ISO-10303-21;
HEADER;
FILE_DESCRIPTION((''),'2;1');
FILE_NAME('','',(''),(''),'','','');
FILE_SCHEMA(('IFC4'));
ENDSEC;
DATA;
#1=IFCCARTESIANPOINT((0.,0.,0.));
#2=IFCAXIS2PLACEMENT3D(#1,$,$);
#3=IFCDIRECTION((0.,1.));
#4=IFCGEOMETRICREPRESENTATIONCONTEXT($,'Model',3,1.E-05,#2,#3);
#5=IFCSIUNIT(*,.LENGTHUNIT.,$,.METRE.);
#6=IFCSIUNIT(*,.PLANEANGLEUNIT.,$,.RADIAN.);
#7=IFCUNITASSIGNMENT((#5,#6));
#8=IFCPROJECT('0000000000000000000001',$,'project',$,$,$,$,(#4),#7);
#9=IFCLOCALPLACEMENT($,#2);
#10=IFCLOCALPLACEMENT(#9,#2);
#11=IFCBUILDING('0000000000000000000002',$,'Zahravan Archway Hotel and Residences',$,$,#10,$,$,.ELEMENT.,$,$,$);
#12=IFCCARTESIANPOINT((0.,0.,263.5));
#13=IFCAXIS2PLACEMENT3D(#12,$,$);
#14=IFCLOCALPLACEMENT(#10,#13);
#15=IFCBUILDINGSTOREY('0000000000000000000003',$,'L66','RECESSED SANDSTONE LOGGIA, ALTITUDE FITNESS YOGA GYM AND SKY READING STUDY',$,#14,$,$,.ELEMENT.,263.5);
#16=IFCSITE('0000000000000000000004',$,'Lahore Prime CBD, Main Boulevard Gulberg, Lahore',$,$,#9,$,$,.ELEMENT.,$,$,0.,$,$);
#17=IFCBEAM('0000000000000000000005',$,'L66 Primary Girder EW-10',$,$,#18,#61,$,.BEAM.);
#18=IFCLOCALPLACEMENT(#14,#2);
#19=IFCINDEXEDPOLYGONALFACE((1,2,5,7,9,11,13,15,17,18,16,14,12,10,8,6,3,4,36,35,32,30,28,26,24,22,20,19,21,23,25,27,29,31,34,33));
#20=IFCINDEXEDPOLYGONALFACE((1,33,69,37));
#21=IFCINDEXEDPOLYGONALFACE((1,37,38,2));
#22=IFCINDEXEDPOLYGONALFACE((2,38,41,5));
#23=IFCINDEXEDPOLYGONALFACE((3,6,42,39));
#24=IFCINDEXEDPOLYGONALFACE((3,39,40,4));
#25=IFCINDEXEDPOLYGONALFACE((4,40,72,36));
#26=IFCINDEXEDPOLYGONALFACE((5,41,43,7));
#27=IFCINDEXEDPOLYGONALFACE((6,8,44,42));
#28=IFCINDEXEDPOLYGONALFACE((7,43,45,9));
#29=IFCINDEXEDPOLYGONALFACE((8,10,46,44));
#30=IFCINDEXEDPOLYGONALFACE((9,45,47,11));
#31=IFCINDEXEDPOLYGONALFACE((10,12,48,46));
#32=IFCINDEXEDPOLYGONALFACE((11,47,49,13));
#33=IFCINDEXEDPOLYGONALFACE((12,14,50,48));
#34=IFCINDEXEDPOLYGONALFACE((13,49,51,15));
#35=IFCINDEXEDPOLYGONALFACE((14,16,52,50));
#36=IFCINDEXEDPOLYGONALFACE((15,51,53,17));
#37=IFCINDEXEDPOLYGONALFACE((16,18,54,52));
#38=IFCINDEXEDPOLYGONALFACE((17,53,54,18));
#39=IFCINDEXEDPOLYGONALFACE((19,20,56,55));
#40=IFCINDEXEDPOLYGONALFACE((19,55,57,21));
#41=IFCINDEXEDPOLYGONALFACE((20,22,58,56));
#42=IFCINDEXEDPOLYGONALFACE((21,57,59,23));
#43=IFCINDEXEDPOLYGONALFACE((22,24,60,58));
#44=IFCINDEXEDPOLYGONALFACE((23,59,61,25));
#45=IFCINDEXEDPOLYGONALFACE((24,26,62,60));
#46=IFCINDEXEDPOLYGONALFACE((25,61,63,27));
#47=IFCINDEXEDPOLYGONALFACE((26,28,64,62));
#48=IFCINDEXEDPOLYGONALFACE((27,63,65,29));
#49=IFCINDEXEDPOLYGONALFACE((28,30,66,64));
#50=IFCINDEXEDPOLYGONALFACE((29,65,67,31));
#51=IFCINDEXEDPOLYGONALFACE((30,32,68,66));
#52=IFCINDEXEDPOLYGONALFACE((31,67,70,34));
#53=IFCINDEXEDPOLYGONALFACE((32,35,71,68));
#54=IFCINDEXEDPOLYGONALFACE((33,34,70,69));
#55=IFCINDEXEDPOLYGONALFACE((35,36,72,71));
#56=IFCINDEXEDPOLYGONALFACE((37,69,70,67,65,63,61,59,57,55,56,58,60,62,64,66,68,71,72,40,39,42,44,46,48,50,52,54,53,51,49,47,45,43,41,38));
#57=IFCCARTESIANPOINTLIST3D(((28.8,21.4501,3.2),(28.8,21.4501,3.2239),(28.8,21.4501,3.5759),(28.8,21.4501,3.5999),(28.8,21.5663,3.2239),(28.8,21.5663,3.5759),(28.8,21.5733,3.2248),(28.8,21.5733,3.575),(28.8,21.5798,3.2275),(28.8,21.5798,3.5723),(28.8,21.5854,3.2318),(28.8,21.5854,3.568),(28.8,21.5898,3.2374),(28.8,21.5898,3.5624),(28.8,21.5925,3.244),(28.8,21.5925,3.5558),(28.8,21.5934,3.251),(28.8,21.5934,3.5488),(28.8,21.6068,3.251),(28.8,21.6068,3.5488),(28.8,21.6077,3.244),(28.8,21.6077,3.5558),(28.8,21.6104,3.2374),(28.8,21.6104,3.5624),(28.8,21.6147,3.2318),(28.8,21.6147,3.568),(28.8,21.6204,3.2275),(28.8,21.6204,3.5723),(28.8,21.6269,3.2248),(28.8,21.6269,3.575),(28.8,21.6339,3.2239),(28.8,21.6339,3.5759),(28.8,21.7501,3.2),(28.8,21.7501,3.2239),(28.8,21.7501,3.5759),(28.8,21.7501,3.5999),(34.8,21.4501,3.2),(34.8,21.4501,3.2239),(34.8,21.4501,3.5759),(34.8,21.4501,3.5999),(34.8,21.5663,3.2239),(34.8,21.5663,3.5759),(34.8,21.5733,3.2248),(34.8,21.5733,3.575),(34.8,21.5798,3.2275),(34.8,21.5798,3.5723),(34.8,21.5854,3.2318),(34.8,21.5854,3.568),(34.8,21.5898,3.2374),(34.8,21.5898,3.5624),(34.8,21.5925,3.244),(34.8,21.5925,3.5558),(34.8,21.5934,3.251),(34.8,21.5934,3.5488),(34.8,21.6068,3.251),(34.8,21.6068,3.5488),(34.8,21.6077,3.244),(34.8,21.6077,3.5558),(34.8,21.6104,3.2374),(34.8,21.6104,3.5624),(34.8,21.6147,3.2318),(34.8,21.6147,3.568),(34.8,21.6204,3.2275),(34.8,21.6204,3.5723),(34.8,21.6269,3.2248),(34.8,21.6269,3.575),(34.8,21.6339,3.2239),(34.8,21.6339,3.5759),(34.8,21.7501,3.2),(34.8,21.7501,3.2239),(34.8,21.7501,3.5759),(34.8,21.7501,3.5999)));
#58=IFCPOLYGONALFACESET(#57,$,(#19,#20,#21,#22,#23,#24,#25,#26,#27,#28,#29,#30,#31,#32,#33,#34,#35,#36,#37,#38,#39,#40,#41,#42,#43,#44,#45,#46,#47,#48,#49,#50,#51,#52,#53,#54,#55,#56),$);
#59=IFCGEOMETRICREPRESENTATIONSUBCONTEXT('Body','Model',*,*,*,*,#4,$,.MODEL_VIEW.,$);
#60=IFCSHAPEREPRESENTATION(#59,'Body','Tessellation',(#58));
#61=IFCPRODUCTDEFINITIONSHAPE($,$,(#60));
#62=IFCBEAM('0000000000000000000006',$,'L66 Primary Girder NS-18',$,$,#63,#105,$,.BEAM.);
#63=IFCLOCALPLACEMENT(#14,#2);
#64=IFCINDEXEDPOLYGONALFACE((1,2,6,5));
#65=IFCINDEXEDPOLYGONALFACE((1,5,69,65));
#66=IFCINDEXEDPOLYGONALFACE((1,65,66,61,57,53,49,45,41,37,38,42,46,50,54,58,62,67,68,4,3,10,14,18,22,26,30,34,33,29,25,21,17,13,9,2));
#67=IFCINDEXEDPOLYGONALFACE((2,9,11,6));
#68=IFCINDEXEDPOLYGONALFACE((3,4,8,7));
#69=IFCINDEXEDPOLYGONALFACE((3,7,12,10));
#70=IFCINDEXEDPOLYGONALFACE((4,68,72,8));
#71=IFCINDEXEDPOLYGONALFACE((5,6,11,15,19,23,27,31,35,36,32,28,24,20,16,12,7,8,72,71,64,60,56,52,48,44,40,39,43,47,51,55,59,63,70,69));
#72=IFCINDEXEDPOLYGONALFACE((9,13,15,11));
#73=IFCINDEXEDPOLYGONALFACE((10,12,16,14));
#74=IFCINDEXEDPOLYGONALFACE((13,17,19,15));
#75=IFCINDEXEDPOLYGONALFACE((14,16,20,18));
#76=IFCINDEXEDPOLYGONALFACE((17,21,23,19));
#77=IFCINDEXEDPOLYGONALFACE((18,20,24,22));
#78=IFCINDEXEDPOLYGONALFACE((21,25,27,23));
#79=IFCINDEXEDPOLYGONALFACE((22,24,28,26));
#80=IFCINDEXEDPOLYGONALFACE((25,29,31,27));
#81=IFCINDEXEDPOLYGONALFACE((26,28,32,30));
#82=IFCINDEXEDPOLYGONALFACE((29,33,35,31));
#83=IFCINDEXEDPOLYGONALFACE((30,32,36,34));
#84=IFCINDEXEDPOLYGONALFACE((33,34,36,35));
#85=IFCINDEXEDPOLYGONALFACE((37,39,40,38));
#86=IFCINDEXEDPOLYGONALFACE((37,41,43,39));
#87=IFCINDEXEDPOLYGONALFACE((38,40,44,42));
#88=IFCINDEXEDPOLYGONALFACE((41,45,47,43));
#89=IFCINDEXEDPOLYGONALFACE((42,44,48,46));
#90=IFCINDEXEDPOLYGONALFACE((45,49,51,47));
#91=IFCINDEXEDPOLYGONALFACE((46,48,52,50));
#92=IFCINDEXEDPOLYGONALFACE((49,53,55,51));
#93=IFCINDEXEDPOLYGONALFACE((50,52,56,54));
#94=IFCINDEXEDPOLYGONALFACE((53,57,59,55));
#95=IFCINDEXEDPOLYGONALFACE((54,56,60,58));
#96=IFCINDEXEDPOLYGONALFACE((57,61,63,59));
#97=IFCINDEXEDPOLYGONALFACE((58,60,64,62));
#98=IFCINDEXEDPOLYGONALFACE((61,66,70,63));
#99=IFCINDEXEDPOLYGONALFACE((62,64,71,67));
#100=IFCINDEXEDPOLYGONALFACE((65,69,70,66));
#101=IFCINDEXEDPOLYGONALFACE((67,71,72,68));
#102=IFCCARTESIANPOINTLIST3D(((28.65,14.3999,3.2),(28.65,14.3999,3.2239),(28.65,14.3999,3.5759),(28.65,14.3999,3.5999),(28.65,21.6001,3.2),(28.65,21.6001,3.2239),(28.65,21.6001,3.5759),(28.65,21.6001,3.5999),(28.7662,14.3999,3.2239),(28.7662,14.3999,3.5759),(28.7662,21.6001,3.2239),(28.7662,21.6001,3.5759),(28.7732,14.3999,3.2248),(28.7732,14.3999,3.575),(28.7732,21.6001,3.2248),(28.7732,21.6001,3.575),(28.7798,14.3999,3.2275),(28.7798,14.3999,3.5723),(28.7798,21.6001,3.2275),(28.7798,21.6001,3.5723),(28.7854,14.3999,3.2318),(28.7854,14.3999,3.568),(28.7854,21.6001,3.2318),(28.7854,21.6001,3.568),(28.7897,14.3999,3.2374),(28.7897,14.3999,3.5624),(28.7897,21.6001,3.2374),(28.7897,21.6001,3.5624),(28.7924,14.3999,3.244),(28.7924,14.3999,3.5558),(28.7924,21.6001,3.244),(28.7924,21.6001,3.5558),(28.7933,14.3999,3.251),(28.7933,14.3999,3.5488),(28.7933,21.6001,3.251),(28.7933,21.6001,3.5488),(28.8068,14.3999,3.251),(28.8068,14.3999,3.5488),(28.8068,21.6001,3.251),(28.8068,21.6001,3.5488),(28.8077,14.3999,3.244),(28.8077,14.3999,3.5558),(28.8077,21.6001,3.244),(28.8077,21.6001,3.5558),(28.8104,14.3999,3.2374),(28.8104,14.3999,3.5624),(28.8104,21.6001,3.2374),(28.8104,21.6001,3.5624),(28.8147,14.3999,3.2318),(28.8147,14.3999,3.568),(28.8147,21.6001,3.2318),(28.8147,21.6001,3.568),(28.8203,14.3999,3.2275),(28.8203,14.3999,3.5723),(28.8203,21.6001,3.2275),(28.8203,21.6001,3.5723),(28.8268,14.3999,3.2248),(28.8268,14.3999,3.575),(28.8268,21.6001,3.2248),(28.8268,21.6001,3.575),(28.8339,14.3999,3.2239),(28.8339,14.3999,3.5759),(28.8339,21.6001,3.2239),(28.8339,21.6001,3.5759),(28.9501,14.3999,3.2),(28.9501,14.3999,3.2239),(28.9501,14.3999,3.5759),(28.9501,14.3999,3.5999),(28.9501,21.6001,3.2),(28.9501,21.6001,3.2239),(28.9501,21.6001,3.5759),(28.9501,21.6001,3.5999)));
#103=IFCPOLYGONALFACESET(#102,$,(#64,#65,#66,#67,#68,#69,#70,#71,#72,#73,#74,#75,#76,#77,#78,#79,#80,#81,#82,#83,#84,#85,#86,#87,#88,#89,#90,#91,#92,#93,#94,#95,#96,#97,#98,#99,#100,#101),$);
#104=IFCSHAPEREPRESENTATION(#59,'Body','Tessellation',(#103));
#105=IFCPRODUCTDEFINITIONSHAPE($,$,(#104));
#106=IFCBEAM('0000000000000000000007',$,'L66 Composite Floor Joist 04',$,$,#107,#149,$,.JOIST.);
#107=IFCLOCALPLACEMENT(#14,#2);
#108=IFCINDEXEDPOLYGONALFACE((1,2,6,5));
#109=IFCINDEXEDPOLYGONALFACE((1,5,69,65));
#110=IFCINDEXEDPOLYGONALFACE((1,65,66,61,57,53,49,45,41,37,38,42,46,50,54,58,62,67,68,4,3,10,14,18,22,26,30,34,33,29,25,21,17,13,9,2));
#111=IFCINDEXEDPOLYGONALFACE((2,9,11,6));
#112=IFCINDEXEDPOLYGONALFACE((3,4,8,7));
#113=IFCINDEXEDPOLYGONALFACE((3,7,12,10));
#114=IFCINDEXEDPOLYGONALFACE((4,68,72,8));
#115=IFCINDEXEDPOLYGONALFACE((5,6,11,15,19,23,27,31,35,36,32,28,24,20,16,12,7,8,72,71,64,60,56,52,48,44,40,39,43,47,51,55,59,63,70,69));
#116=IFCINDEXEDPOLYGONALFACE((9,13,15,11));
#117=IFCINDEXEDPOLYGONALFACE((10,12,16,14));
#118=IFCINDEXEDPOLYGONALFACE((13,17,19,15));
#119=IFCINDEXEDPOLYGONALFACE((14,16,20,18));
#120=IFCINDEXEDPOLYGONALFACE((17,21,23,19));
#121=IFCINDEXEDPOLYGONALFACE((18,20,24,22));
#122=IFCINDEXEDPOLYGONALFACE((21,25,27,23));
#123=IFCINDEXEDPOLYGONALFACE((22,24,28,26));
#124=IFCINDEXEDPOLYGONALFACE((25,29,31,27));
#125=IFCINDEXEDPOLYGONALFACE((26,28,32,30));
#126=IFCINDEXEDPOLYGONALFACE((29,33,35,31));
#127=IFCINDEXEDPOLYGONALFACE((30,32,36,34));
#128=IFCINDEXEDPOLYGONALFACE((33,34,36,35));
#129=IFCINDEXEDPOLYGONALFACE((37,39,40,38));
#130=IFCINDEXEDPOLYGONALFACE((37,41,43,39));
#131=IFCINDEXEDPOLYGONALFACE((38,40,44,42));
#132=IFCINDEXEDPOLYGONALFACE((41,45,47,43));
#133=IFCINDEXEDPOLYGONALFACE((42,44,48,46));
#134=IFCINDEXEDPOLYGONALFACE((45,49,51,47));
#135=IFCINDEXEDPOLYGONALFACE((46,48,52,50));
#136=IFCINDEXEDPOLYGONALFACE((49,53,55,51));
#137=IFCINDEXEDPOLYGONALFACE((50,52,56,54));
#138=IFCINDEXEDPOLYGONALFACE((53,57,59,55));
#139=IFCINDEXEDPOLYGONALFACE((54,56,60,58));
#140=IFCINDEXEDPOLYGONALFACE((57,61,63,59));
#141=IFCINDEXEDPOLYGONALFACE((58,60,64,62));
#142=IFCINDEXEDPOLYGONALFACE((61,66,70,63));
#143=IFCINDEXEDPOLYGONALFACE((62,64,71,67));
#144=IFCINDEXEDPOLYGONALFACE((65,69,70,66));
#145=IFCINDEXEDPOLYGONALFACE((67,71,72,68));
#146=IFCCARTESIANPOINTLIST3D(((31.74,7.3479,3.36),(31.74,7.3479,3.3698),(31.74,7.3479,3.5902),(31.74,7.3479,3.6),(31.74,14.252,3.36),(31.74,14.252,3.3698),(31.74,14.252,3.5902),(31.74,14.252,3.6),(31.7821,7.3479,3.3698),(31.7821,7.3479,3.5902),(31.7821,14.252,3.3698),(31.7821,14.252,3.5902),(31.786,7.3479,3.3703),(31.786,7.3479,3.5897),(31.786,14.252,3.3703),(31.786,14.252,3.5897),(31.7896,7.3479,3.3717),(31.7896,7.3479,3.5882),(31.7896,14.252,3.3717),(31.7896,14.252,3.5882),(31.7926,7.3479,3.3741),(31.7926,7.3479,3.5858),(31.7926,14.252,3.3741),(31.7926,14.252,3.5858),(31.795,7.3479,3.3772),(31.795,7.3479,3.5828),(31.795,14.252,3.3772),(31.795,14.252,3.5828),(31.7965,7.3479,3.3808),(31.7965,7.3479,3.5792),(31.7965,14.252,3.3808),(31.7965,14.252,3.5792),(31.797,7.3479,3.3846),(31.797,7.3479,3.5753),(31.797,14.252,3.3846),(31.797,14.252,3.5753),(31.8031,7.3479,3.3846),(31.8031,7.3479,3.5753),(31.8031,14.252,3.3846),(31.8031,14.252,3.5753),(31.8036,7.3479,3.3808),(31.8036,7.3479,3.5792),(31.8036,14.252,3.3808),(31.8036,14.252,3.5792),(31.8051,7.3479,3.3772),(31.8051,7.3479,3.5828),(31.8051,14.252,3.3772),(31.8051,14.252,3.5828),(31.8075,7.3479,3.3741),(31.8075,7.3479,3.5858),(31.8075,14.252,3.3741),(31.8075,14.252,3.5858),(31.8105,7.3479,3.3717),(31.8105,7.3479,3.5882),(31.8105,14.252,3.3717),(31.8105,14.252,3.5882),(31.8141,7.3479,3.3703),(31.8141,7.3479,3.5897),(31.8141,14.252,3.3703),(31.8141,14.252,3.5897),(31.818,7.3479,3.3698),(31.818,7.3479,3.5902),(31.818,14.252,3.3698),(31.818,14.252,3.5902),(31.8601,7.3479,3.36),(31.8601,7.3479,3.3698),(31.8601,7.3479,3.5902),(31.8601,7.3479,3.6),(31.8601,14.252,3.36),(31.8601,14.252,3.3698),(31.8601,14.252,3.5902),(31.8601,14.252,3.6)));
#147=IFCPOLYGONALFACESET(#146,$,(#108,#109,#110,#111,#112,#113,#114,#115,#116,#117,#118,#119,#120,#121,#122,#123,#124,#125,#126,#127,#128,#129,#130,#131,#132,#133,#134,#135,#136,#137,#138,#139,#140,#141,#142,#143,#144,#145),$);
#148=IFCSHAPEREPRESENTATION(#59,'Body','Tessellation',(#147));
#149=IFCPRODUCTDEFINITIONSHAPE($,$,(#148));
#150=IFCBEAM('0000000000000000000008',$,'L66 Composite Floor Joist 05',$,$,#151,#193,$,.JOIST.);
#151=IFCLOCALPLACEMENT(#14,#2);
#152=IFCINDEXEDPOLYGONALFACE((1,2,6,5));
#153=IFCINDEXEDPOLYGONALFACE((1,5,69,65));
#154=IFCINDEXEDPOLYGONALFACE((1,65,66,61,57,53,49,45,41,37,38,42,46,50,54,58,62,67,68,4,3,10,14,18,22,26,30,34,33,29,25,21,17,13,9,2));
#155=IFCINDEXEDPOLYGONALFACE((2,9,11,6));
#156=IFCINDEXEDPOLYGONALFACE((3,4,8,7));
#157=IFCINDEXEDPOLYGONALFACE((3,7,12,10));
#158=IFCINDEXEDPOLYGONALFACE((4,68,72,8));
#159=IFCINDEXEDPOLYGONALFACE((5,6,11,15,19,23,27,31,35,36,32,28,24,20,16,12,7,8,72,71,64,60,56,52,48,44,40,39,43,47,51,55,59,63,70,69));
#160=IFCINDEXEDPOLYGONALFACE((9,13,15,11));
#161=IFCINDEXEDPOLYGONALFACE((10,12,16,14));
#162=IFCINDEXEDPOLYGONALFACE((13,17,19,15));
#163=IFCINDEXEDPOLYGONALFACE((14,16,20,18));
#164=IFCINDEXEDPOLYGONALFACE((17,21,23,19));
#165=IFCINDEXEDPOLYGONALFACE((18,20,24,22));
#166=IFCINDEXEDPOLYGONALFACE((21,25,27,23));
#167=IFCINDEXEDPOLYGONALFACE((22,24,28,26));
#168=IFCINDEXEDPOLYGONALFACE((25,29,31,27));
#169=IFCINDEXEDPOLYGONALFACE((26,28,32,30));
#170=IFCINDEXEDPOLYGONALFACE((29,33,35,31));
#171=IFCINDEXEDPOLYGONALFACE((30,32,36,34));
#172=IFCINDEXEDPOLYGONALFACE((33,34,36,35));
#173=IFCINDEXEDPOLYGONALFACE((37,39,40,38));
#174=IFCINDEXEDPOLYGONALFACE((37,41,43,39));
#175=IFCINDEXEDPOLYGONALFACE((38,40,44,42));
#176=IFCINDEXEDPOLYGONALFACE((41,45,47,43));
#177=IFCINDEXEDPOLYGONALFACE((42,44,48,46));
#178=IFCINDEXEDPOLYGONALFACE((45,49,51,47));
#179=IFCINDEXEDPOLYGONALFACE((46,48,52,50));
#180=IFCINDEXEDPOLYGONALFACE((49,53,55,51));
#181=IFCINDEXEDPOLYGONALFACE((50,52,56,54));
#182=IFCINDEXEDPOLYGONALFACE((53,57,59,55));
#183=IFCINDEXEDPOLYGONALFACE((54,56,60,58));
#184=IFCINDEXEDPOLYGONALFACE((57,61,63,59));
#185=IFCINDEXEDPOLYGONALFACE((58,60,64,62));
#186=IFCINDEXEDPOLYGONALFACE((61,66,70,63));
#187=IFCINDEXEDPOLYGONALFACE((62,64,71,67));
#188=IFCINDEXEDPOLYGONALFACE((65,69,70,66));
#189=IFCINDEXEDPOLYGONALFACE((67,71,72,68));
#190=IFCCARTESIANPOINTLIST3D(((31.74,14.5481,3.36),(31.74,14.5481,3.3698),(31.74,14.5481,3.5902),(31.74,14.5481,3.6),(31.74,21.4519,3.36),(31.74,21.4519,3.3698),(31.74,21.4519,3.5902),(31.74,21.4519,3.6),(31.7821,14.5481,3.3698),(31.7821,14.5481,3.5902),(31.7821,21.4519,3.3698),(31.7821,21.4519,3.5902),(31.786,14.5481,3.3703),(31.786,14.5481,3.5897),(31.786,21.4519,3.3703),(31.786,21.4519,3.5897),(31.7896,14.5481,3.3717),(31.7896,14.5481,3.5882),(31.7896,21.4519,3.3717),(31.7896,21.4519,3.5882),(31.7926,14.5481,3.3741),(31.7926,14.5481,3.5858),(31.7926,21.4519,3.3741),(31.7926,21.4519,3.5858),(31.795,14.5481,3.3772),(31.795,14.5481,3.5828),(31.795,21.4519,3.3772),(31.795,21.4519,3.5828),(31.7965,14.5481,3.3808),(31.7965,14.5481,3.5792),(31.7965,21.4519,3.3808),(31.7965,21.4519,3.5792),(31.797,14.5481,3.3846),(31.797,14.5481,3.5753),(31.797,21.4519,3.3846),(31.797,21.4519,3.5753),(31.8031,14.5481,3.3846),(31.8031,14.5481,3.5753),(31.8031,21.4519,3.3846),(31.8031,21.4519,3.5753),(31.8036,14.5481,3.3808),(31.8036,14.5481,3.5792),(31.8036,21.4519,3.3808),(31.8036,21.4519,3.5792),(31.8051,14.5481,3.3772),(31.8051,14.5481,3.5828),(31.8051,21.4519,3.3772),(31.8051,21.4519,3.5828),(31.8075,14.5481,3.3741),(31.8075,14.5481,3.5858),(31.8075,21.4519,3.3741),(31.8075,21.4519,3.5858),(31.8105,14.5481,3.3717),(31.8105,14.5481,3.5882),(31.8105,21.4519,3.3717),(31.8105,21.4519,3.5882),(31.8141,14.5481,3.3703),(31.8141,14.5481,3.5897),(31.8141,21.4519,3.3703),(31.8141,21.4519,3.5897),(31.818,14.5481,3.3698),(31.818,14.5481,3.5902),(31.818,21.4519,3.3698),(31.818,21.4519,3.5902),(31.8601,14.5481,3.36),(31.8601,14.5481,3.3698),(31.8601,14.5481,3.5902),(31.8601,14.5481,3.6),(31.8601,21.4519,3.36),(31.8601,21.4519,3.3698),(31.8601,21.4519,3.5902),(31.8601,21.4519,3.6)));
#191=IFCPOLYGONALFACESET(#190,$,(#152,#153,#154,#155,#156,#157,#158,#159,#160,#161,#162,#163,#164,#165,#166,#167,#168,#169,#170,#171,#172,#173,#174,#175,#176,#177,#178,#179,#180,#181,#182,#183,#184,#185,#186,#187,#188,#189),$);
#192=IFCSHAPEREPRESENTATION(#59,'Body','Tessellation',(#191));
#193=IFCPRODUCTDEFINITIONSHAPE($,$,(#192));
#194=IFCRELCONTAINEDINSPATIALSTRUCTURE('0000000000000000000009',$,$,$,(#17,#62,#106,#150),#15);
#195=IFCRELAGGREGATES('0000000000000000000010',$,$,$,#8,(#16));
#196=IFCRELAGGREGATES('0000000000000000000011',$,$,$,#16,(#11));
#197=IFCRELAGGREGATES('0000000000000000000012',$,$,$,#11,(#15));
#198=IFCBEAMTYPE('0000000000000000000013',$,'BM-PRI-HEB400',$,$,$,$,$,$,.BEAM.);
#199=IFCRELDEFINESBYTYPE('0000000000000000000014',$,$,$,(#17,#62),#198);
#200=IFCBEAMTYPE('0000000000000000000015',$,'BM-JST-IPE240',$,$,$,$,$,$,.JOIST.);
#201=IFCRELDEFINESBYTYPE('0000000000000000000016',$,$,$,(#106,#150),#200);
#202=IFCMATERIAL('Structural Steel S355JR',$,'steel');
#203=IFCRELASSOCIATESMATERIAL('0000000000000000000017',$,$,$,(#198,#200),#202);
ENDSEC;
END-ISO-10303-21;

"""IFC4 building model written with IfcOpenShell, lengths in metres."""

from ifc_helpers import new_model, si_unit, direction, frame, origin, origin_2d, place, context, subcontext, project, spatial, i_section, extrude, source, transform, mapped, material, material_profile, profile_set, type_object, type_shapes, element, save


model = new_model("IFC4")

# Units and contexts
model_context = context("Model", 3, precision=1e-05, world=origin(), true_north=direction((0.0, 1.0)))
body_context = subcontext(model_context, "Body", "Model", "MODEL_VIEW")
ifc_project = project(units=[si_unit("LENGTHUNIT", "METRE"), si_unit("PLANEANGLEUNIT", "RADIAN")], contexts=[model_context])

# Site, building, storey
site_placement = place(None, origin())
site = spatial("IfcSite", under=ifc_project, at=site_placement, Name="Lahore Prime CBD, Main Boulevard Gulberg, Lahore", CompositionType="ELEMENT", RefElevation=0.0)
building_placement = place(site_placement, origin())
building = spatial("IfcBuilding", under=site, at=building_placement, Name="Zahravan Archway Hotel and Residences", CompositionType="ELEMENT")
storey_placement = place(building_placement, frame((0.0, 0.0, 263.5)))
storey = spatial("IfcBuildingStorey", under=building, at=storey_placement, Name="L66", Description="RECESSED SANDSTONE LOGGIA, ALTITUDE FITNESS YOGA GYM AND SKY READING STUDY", CompositionType="ELEMENT", Elevation=263.5)

# Beams
ifc_material_1 = material(Name="Structural Steel S355JR", Category="steel")
ifc_material_profile_1 = material_profile(ifc_material_1, i_section(OverallWidth=0.3, OverallDepth=0.3999, WebThickness=0.0134, FlangeThickness=0.0239, FilletRadius=0.0271, at=origin_2d()), Name="HEB 400", Category="steel")
ifc_profile_set_1 = profile_set([ifc_material_profile_1], Name="Structural Steel S355JR")
beam_type_1 = type_object("IfcBeamType", Name="BM-PRI-HEB400", PredefinedType="BEAM", material=ifc_profile_set_1)
shared_shape_1 = source(origin(), body_context, "Body", "SweptSolid", [
    extrude(i_section(OverallWidth=0.3, OverallDepth=0.3999, WebThickness=0.0134, FlangeThickness=0.0239, FilletRadius=0.0271, at=origin_2d()), origin(), (0.0, 0.0, 1.0), 6.0),
])
for number, where, z_axis, x_axis, name in (
    (1, (28.8, 21.6001, 3.3999), (1.0, 0.0, 0.0), (0.0, 1.0, 0.0), "L66 Primary Girder EW-10"),
):
    element("IfcBeam", number, at=place(storey_placement, frame(where, z_axis=z_axis, x_axis=x_axis)), inside=storey, type_object=beam_type_1, Name=name, PredefinedType="BEAM", context=body_context, shape_type="MappedRepresentation", body=[
        mapped(shared_shape_1, transform((0.0, 0.0, 0.0), scale=1.0)),
    ])
shared_shape_2 = source(origin(), body_context, "Body", "SweptSolid", [
    extrude(i_section(OverallWidth=0.3, OverallDepth=0.3999, WebThickness=0.0134, FlangeThickness=0.0239, FilletRadius=0.0271, at=origin_2d()), origin(), (0.0, 0.0, 1.0), 7.2002),
])
beam_1_placement = place(storey_placement, frame((28.8, 14.3999, 3.3999), z_axis=(0.0, 1.0, 0.0), x_axis=(-1.0, 0.0, 0.0)))
element("IfcBeam", 2, at=beam_1_placement, inside=storey, type_object=beam_type_1, Name="L66 Primary Girder NS-18", PredefinedType="BEAM", context=body_context, shape_type="MappedRepresentation", body=[
    mapped(shared_shape_2, transform((0.0, 0.0, 0.0), scale=1.0)),
])
ifc_material_profile_2 = material_profile(ifc_material_1, i_section(OverallWidth=0.1201, OverallDepth=0.24, WebThickness=0.0061, FlangeThickness=0.0098, FilletRadius=0.0149, at=origin_2d()), Name="IPE 240", Category="steel")
ifc_profile_set_2 = profile_set([ifc_material_profile_2], Name="Structural Steel S355JR")
beam_type_2 = type_object("IfcBeamType", Name="BM-JST-IPE240", PredefinedType="JOIST", material=ifc_profile_set_2)
shared_shape_3 = source(origin(), body_context, "Body", "SweptSolid", [
    extrude(i_section(OverallWidth=0.1201, OverallDepth=0.24, WebThickness=0.0061, FlangeThickness=0.0098, FilletRadius=0.0149, at=origin_2d()), origin(), (0.0, 0.0, 1.0), 6.9041),
])
type_shapes(beam_type_2, [shared_shape_3])
beam_2_placement = place(storey_placement, frame((31.8, 7.3479, 3.48), z_axis=(0.0, 1.0, 0.0), x_axis=(-1.0, 0.0, 0.0)))
element("IfcBeam", 3, at=beam_2_placement, inside=storey, type_object=beam_type_2, Name="L66 Composite Floor Joist 04", PredefinedType="JOIST", context=body_context, shape_type="MappedRepresentation", body=[
    mapped(shared_shape_3, transform((0.0, 0.0, 0.0), scale=1.0)),
])
shared_shape_4 = source(origin(), body_context, "Body", "SweptSolid", [
    extrude(i_section(OverallWidth=0.1201, OverallDepth=0.24, WebThickness=0.0061, FlangeThickness=0.0098, FilletRadius=0.0149, at=origin_2d()), origin(), (0.0, 0.0, 1.0), 6.9038),
])
beam_3_placement = place(storey_placement, frame((31.8, 14.5481, 3.48), z_axis=(0.0, 1.0, 0.0), x_axis=(-1.0, 0.0, 0.0)))
element("IfcBeam", 4, at=beam_3_placement, inside=storey, type_object=beam_type_2, Name="L66 Composite Floor Joist 05", PredefinedType="JOIST", context=body_context, shape_type="MappedRepresentation", body=[
    mapped(shared_shape_4, transform((0.0, 0.0, 0.0), scale=1.0)),
])

save(model, "model.ifc")
